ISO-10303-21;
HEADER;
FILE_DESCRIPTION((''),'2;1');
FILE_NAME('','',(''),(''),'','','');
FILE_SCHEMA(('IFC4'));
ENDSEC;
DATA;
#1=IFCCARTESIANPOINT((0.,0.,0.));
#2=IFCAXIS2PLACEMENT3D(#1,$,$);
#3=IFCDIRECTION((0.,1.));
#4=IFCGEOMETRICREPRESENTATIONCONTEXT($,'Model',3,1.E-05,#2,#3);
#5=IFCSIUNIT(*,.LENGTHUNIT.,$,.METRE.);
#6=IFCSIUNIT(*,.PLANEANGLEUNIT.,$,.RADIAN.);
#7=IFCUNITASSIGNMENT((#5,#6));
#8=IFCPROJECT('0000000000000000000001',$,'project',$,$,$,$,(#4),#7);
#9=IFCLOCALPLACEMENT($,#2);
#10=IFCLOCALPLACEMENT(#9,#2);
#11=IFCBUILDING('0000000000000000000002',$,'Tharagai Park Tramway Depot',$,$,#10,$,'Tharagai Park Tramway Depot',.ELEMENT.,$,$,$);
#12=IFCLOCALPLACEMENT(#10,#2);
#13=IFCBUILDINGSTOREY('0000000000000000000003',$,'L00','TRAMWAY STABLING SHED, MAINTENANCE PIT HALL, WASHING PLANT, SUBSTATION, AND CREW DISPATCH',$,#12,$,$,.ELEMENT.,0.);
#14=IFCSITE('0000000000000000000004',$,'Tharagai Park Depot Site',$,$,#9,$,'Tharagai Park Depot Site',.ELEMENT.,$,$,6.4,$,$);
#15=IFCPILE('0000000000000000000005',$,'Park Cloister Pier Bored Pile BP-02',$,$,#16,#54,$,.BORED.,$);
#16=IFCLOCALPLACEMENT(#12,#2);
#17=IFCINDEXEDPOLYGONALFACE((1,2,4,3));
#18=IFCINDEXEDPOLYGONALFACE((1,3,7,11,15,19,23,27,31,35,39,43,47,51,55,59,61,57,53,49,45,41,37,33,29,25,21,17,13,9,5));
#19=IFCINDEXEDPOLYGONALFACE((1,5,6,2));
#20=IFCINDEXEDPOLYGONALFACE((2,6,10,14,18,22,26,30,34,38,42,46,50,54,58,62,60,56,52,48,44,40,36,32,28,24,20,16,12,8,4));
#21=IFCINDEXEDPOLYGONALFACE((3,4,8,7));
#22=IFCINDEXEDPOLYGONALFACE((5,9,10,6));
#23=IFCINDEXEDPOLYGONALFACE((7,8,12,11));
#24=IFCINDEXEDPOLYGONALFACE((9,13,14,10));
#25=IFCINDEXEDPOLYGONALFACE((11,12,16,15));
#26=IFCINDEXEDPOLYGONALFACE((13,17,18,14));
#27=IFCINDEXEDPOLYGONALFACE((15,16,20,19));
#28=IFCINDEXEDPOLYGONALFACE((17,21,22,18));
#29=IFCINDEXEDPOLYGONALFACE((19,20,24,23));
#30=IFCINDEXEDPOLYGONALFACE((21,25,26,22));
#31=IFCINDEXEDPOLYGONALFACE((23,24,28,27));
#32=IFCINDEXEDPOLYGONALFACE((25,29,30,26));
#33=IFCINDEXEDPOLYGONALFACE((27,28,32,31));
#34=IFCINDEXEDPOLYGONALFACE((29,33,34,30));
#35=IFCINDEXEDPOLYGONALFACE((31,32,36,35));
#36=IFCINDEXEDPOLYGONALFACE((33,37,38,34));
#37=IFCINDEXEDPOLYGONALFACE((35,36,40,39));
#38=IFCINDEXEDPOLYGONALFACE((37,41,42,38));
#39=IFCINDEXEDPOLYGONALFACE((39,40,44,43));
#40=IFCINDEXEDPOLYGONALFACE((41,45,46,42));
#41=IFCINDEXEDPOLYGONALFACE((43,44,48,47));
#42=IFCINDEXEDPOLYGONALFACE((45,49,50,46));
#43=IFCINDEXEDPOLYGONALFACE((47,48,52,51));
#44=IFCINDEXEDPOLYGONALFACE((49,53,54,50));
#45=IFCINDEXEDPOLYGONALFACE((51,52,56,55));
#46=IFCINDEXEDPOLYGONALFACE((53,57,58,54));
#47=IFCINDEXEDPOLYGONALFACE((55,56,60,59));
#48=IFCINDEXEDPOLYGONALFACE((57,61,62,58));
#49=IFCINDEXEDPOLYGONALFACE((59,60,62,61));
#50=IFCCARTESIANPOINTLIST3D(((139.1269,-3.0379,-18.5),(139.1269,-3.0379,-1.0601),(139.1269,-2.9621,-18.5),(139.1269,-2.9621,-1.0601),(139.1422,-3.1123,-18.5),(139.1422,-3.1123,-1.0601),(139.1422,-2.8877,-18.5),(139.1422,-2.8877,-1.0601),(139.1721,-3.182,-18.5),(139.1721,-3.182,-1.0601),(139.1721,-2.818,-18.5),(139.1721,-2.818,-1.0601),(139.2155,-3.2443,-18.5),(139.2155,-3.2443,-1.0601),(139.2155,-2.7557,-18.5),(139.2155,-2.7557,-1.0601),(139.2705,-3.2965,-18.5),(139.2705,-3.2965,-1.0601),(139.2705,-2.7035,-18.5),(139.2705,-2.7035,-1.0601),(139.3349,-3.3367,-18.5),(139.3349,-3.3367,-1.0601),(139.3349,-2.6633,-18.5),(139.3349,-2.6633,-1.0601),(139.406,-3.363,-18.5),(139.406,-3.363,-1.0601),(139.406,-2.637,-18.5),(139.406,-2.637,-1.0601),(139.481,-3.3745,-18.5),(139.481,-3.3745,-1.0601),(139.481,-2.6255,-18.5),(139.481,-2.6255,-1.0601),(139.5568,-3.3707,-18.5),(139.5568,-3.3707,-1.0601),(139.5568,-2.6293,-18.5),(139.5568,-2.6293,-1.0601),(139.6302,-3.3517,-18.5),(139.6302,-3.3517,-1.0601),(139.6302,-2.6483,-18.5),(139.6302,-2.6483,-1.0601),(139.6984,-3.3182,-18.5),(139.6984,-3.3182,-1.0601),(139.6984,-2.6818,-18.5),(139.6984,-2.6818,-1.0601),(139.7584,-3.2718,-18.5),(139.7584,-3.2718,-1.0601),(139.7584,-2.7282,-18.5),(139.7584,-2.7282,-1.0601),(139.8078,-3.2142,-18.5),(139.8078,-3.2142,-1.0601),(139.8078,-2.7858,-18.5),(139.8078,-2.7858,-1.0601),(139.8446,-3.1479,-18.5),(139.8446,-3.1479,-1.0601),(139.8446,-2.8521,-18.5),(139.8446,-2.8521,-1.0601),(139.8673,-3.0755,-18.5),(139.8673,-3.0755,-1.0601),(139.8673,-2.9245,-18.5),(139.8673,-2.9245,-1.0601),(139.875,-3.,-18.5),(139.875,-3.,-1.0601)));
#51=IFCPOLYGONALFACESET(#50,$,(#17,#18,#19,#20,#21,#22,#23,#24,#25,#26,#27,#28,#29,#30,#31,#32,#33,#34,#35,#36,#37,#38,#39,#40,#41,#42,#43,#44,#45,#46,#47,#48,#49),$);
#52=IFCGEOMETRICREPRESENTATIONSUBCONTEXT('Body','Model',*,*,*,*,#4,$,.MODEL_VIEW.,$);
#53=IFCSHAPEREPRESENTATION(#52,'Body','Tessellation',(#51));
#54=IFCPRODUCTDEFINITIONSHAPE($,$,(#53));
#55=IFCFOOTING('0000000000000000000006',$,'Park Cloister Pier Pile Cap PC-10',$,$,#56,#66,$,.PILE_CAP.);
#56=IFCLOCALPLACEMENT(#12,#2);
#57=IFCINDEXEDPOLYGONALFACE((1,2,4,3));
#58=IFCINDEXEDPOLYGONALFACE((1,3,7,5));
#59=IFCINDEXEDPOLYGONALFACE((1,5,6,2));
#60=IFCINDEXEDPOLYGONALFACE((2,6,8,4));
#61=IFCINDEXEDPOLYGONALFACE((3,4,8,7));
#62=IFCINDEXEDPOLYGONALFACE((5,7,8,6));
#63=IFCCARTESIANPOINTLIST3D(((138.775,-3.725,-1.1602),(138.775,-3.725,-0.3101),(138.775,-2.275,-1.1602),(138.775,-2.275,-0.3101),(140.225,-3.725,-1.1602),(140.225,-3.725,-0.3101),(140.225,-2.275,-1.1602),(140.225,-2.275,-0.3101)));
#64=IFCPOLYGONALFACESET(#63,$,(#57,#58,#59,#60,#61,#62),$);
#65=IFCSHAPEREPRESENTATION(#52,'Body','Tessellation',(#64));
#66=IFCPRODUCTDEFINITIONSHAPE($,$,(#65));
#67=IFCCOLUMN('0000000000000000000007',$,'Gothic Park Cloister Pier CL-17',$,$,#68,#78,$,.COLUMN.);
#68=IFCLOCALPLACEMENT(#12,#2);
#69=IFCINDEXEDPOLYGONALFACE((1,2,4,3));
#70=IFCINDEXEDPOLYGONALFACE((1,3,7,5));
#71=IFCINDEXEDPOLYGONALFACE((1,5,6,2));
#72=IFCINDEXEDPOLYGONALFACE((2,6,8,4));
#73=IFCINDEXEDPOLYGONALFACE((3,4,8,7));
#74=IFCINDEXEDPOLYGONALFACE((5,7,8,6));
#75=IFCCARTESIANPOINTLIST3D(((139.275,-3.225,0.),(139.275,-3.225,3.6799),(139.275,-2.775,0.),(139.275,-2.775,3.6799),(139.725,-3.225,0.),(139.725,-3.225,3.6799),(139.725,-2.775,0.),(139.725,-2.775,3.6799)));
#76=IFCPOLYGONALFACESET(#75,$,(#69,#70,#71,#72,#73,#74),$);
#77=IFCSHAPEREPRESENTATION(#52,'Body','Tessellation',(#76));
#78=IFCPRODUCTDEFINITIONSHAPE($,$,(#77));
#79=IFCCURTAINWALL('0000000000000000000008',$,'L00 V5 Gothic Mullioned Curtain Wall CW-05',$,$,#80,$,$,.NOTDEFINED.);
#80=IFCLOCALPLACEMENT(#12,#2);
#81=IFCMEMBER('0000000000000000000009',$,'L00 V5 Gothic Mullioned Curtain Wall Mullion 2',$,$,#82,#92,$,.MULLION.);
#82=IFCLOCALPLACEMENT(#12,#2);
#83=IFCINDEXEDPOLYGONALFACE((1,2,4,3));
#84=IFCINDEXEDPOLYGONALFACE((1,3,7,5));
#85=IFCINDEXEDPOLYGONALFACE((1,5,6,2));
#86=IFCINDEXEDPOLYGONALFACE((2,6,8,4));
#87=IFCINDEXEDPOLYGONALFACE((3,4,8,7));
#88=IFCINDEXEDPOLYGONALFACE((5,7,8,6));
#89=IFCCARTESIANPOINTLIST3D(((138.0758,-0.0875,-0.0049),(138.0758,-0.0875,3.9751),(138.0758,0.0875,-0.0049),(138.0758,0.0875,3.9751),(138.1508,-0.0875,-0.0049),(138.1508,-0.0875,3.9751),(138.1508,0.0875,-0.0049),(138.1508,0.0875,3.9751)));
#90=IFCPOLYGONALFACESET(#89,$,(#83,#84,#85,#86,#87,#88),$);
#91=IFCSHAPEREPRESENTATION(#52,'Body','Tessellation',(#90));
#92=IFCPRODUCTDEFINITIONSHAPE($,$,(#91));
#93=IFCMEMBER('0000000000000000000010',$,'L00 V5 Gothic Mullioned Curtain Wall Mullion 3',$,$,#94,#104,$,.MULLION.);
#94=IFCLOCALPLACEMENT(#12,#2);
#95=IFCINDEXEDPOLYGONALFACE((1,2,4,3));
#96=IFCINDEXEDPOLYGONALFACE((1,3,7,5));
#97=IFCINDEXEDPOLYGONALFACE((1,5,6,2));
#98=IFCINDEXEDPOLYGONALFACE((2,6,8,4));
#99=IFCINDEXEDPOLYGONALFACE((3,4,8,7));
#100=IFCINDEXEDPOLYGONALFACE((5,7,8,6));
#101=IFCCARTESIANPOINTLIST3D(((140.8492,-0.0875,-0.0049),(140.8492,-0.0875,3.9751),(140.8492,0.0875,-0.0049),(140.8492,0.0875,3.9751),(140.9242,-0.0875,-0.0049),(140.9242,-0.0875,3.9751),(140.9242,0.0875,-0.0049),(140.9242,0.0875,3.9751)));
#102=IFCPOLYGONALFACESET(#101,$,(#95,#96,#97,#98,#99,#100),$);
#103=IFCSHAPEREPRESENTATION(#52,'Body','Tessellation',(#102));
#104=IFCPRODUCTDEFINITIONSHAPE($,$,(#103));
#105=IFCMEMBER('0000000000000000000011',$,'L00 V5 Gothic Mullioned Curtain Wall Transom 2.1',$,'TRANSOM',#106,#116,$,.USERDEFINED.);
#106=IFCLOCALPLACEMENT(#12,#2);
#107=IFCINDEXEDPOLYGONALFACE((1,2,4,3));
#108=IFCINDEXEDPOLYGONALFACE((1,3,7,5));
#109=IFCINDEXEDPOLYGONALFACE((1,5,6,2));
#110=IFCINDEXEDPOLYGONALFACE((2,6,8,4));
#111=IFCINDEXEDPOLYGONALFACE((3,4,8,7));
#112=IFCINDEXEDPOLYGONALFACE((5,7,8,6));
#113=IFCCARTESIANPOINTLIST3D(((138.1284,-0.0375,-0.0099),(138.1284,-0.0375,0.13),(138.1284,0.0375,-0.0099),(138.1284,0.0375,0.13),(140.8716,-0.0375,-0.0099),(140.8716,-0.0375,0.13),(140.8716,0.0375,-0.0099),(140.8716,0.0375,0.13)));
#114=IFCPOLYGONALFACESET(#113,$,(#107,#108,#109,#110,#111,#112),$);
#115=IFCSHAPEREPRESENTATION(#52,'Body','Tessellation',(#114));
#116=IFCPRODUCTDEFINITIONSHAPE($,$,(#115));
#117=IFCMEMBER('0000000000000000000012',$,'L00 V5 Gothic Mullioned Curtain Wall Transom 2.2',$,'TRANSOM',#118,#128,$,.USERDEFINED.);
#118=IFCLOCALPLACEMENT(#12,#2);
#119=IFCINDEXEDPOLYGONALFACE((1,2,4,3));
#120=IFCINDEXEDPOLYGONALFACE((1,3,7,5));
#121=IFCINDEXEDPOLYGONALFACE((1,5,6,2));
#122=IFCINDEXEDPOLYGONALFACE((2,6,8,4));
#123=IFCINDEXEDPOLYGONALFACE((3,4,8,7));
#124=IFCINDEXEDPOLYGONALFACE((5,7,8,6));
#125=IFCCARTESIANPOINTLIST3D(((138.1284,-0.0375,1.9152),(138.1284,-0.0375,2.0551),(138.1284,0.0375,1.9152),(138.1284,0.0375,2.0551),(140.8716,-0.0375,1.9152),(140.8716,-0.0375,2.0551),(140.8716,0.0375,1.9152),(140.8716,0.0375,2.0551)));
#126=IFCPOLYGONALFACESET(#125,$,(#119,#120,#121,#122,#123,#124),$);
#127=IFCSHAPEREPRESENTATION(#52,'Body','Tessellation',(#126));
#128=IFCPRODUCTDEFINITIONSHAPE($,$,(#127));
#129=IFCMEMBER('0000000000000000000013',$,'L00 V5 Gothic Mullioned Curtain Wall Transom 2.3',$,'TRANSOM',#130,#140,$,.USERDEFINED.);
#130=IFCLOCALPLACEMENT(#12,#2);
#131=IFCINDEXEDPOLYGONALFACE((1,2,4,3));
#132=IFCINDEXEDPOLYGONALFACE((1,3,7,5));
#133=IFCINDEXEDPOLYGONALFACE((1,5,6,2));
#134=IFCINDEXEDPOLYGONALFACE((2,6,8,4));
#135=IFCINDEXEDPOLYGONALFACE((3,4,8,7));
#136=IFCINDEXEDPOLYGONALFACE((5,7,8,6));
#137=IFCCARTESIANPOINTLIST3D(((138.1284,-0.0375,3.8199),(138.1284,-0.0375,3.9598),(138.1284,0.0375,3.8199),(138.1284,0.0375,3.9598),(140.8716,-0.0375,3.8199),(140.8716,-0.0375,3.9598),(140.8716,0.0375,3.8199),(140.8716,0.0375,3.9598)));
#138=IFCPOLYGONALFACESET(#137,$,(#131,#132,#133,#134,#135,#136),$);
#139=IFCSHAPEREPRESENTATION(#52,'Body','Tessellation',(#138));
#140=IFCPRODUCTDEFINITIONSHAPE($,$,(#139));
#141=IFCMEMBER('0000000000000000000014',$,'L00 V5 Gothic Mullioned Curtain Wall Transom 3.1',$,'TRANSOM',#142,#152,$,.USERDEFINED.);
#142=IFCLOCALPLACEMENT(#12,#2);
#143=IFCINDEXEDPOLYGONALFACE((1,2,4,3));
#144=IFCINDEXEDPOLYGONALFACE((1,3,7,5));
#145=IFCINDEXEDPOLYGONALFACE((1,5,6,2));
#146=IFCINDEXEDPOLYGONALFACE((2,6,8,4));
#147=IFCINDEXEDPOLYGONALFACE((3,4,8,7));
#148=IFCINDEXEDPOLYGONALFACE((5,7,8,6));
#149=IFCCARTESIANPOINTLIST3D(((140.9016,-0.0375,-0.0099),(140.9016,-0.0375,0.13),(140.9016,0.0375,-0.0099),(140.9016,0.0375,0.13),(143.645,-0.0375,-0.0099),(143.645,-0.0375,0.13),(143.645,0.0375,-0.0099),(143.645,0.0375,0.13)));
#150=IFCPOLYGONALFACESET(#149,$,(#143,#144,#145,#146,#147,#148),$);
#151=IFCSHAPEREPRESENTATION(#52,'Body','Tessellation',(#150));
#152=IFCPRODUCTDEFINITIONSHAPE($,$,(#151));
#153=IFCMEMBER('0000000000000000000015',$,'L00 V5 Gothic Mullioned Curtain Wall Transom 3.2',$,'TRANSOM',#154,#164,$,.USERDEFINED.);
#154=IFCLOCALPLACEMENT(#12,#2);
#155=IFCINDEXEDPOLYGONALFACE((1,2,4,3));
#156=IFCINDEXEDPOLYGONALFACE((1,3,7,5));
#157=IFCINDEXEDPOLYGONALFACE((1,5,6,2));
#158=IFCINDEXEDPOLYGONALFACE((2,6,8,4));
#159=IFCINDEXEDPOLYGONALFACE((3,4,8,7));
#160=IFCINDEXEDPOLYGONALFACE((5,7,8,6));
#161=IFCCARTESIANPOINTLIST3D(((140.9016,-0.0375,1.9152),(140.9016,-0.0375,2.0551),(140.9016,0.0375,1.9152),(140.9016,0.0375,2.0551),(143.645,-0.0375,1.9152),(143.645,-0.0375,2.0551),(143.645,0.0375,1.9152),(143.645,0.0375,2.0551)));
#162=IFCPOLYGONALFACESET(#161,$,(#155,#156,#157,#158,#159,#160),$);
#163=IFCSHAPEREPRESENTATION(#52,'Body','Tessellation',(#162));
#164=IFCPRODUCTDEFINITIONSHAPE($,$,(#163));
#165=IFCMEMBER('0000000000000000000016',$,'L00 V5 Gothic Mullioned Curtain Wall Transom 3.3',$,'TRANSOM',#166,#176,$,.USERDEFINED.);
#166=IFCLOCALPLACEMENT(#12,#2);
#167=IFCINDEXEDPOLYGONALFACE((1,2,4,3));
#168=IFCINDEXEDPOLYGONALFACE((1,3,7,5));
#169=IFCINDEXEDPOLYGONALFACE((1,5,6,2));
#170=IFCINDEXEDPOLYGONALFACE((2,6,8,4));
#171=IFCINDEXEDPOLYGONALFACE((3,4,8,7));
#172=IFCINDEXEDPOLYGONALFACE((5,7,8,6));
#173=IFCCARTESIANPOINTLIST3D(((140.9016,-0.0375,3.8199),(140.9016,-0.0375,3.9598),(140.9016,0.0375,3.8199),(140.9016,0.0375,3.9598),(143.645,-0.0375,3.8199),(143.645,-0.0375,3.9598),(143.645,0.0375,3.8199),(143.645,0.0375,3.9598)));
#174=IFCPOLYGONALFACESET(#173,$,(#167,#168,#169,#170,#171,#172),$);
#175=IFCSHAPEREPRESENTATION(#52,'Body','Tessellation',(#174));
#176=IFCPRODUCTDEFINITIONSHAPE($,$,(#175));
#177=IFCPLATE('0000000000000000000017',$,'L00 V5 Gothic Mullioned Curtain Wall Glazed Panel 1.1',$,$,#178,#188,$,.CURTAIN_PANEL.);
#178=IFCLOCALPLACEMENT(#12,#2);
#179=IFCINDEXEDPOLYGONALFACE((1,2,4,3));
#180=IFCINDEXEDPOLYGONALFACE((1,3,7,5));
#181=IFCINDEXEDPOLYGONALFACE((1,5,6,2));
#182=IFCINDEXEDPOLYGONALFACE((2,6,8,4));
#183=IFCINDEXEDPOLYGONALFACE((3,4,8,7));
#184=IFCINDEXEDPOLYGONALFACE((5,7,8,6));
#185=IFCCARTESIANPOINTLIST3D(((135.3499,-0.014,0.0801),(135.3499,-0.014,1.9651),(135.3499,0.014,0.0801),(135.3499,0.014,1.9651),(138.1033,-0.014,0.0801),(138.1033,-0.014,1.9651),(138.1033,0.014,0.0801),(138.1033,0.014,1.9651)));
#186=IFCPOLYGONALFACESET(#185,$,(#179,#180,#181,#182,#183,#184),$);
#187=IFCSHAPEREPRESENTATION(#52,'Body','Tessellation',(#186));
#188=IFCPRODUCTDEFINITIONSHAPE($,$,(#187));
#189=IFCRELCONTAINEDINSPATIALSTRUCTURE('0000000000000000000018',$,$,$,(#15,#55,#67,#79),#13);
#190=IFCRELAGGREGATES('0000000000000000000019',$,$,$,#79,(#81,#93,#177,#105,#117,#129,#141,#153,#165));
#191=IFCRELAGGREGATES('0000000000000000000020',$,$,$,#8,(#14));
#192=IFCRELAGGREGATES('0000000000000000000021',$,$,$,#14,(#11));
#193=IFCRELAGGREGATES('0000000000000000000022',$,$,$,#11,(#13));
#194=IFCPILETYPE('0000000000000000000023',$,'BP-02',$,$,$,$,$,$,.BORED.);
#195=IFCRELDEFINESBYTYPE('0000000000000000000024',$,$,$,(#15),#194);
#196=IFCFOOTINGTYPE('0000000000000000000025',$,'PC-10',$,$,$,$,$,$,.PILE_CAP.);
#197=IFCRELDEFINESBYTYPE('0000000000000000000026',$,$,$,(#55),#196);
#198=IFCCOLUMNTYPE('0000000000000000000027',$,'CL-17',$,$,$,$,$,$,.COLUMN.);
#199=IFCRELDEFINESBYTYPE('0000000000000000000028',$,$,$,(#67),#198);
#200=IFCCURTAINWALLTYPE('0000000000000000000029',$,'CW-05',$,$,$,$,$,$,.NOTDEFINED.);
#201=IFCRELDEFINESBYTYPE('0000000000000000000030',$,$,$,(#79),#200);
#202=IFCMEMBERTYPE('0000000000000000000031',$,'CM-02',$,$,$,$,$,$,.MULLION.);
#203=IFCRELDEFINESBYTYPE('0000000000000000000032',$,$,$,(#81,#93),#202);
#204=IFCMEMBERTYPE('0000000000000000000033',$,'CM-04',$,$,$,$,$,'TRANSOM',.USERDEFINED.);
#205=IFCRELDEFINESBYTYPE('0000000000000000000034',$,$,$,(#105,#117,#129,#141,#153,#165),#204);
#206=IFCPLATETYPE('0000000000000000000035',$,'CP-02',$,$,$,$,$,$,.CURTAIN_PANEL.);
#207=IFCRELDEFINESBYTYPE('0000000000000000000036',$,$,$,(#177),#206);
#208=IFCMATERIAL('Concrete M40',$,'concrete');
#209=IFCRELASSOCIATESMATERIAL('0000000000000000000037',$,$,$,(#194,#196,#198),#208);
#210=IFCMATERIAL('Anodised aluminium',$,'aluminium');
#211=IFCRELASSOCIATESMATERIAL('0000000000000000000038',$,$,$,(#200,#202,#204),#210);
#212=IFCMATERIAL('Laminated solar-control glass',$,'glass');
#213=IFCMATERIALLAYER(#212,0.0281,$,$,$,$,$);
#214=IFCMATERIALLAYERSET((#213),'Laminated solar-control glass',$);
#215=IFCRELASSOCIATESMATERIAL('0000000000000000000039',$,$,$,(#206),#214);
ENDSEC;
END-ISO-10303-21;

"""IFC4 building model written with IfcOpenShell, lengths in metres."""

from ifc_helpers import new_model, si_unit, direction, frame, origin, origin_2d, place, context, subcontext, project, spatial, rectangle, circle, extrude, material, layer, layer_set, material_profile, profile_set, type_object, element, aggregate, save


model = new_model("IFC4")

# Units and contexts
model_context = context("Model", 3, precision=1e-05, world=origin(), true_north=direction((0.0, 1.0)))
body_context = subcontext(model_context, "Body", "Model", "MODEL_VIEW")
ifc_project = project(units=[si_unit("LENGTHUNIT", "METRE"), si_unit("PLANEANGLEUNIT", "RADIAN")], contexts=[model_context])

# Site, building, storey
site_placement = place(None, origin())
site = spatial("IfcSite", under=ifc_project, at=site_placement, Name="Tharagai Park Depot Site", LongName="Tharagai Park Depot Site", CompositionType="ELEMENT", RefElevation=6.4)
building_placement = place(site_placement, origin())
building = spatial("IfcBuilding", under=site, at=building_placement, Name="Tharagai Park Tramway Depot", LongName="Tharagai Park Tramway Depot", CompositionType="ELEMENT")
storey_placement = place(building_placement, origin())
storey = spatial("IfcBuildingStorey", under=building, at=storey_placement, Name="L00", Description="TRAMWAY STABLING SHED, MAINTENANCE PIT HALL, WASHING PLANT, SUBSTATION, AND CREW DISPATCH", CompositionType="ELEMENT", Elevation=0.0)

# Pile
ifc_material_1 = material(Name="Concrete M40", Category="concrete")
ifc_material_profile_1 = material_profile(ifc_material_1, circle(Radius=0.375, at=origin_2d()), Name="PILE D750")
ifc_profile_set_1 = profile_set([ifc_material_profile_1], Name="Concrete M40")
pile_type = type_object("IfcPileType", Name="BP-02", PredefinedType="BORED", material=ifc_profile_set_1)
pile_1_placement = place(storey_placement, frame((139.5, -3.0, -1.0601), z_axis=(0.0, 0.0, -1.0), x_axis=(1.0, 0.0, 0.0)))
element("IfcPile", 1, at=pile_1_placement, inside=storey, type_object=pile_type, Name="Park Cloister Pier Bored Pile BP-02", PredefinedType="BORED", context=body_context, shape_type="SweptSolid", body=[
    extrude(circle(Radius=0.375, at=origin_2d()), origin(), (0.0, 0.0, 1.0), 17.4399),
])

# Footing
footing_type = type_object("IfcFootingType", Name="PC-10", PredefinedType="PILE_CAP", material=ifc_material_1)
footing_placement = place(storey_placement, frame((139.5, -3.0, -1.1602), z_axis=(0.0, 0.0, 1.0), x_axis=(1.0, 0.0, 0.0)))
element("IfcFooting", 2, at=footing_placement, inside=storey, type_object=footing_type, Name="Park Cloister Pier Pile Cap PC-10", PredefinedType="PILE_CAP", context=body_context, shape_type="SweptSolid", body=[
    extrude(rectangle(XDim=1.45, YDim=1.45, at=origin_2d()), origin(), (0.0, 0.0, 1.0), 0.8501),
])

# Column
ifc_material_profile_2 = material_profile(ifc_material_1, rectangle(XDim=0.45, YDim=0.45, at=origin_2d()), Name="RC 450x450")
ifc_profile_set_2 = profile_set([ifc_material_profile_2], Name="Concrete M40")
column_type = type_object("IfcColumnType", Name="CL-17", PredefinedType="COLUMN", material=ifc_profile_set_2)
column_placement = place(storey_placement, frame((139.5, -3.0, 0.0), z_axis=(0.0, 0.0, 1.0), x_axis=(1.0, 0.0, 0.0)))
element("IfcColumn", 3, at=column_placement, inside=storey, type_object=column_type, Name="Gothic Park Cloister Pier CL-17", PredefinedType="COLUMN", context=body_context, shape_type="SweptSolid", body=[
    extrude(rectangle(XDim=0.45, YDim=0.45, at=origin_2d()), origin(), (0.0, 0.0, 1.0), 3.6799),
])

# Curtain wall, members, plate
ifc_material_2 = material(Name="Anodised aluminium", Category="aluminium")
curtain_wall_type = type_object("IfcCurtainWallType", Name="CW-05", PredefinedType="NOTDEFINED", material=ifc_material_2)
curtain_wall_placement = place(storey_placement, origin())
curtain_wall = element("IfcCurtainWall", 4, at=curtain_wall_placement, inside=storey, type_object=curtain_wall_type, Name="L00 V5 Gothic Mullioned Curtain Wall CW-05", PredefinedType="NOTDEFINED")
ifc_material_profile_3 = material_profile(ifc_material_2, rectangle(XDim=0.075, YDim=0.175, at=origin_2d()), Name="ALU 75x175")
ifc_profile_set_3 = profile_set([ifc_material_profile_3], Name="Anodised aluminium")
member_type_1 = type_object("IfcMemberType", Name="CM-02", PredefinedType="MULLION", material=ifc_profile_set_3)
member_1_placement = place(storey_placement, frame((138.1133, 0.0, -0.0049), z_axis=(0.0, 0.0, 1.0), x_axis=(1.0, 0.0, 0.0)))
member_1 = element("IfcMember", 5, at=member_1_placement, type_object=member_type_1, Name="L00 V5 Gothic Mullioned Curtain Wall Mullion 2", PredefinedType="MULLION", context=body_context, shape_type="SweptSolid", body=[
    extrude(rectangle(XDim=0.075, YDim=0.175, at=origin_2d()), origin(), (0.0, 0.0, 1.0), 3.98),
])
member_2_placement = place(storey_placement, frame((140.8867, 0.0, -0.0049), z_axis=(0.0, 0.0, 1.0), x_axis=(1.0, 0.0, 0.0)))
member_2 = element("IfcMember", 6, at=member_2_placement, type_object=member_type_1, Name="L00 V5 Gothic Mullioned Curtain Wall Mullion 3", PredefinedType="MULLION", context=body_context, shape_type="SweptSolid", body=[
    extrude(rectangle(XDim=0.075, YDim=0.175, at=origin_2d()), origin(), (0.0, 0.0, 1.0), 3.98),
])
ifc_material_profile_4 = material_profile(ifc_material_2, rectangle(XDim=0.075, YDim=0.1399, at=origin_2d()), Name="ALU 75x140")
ifc_profile_set_4 = profile_set([ifc_material_profile_4], Name="Anodised aluminium")
member_type_2 = type_object("IfcMemberType", Name="CM-04", ElementType="TRANSOM", PredefinedType="USERDEFINED", material=ifc_profile_set_4)
member_3_placement = place(storey_placement, frame((138.1284, 0.0, 0.0601), z_axis=(1.0, 0.0, 0.0), x_axis=(0.0, 1.0, 0.0)))
member_3 = element("IfcMember", 7, at=member_3_placement, type_object=member_type_2, Name="L00 V5 Gothic Mullioned Curtain Wall Transom 2.1", ObjectType="TRANSOM", PredefinedType="USERDEFINED", context=body_context, shape_type="SweptSolid", body=[
    extrude(rectangle(XDim=0.075, YDim=0.1399, at=origin_2d()), origin(), (0.0, 0.0, 1.0), 2.7432),
])
member_4_placement = place(storey_placement, frame((138.1284, 0.0, 1.9851), z_axis=(1.0, 0.0, 0.0), x_axis=(0.0, 1.0, 0.0)))
member_4 = element("IfcMember", 8, at=member_4_placement, type_object=member_type_2, Name="L00 V5 Gothic Mullioned Curtain Wall Transom 2.2", ObjectType="TRANSOM", PredefinedType="USERDEFINED", context=body_context, shape_type="SweptSolid", body=[
    extrude(rectangle(XDim=0.075, YDim=0.1399, at=origin_2d()), origin(), (0.0, 0.0, 1.0), 2.7432),
])
member_5_placement = place(storey_placement, frame((138.1284, 0.0, 3.8899), z_axis=(1.0, 0.0, 0.0), x_axis=(0.0, 1.0, 0.0)))
member_5 = element("IfcMember", 9, at=member_5_placement, type_object=member_type_2, Name="L00 V5 Gothic Mullioned Curtain Wall Transom 2.3", ObjectType="TRANSOM", PredefinedType="USERDEFINED", context=body_context, shape_type="SweptSolid", body=[
    extrude(rectangle(XDim=0.075, YDim=0.1399, at=origin_2d()), origin(), (0.0, 0.0, 1.0), 2.7432),
])
member_6_placement = place(storey_placement, frame((140.9016, 0.0, 0.0601), z_axis=(1.0, 0.0, 0.0), x_axis=(0.0, 1.0, 0.0)))
member_6 = element("IfcMember", 10, at=member_6_placement, type_object=member_type_2, Name="L00 V5 Gothic Mullioned Curtain Wall Transom 3.1", ObjectType="TRANSOM", PredefinedType="USERDEFINED", context=body_context, shape_type="SweptSolid", body=[
    extrude(rectangle(XDim=0.075, YDim=0.1399, at=origin_2d()), origin(), (0.0, 0.0, 1.0), 2.7434),
])
member_7_placement = place(storey_placement, frame((140.9016, 0.0, 1.9851), z_axis=(1.0, 0.0, 0.0), x_axis=(0.0, 1.0, 0.0)))
member_7 = element("IfcMember", 11, at=member_7_placement, type_object=member_type_2, Name="L00 V5 Gothic Mullioned Curtain Wall Transom 3.2", ObjectType="TRANSOM", PredefinedType="USERDEFINED", context=body_context, shape_type="SweptSolid", body=[
    extrude(rectangle(XDim=0.075, YDim=0.1399, at=origin_2d()), origin(), (0.0, 0.0, 1.0), 2.7434),
])
member_8_placement = place(storey_placement, frame((140.9016, 0.0, 3.8899), z_axis=(1.0, 0.0, 0.0), x_axis=(0.0, 1.0, 0.0)))
member_8 = element("IfcMember", 12, at=member_8_placement, type_object=member_type_2, Name="L00 V5 Gothic Mullioned Curtain Wall Transom 3.3", ObjectType="TRANSOM", PredefinedType="USERDEFINED", context=body_context, shape_type="SweptSolid", body=[
    extrude(rectangle(XDim=0.075, YDim=0.1399, at=origin_2d()), origin(), (0.0, 0.0, 1.0), 2.7434),
])
ifc_material_3 = material(Name="Laminated solar-control glass", Category="glass")
ifc_layer_1 = layer(ifc_material_3, 0.0281)
ifc_layer_set_1 = layer_set([ifc_layer_1], Name="Laminated solar-control glass")
plate_type = type_object("IfcPlateType", Name="CP-02", PredefinedType="CURTAIN_PANEL", material=ifc_layer_set_1)
plate_1_placement = place(storey_placement, frame((136.7266, 0.0, 0.0801), z_axis=(0.0, 0.0, 1.0), x_axis=(1.0, 0.0, 0.0)))
plate_1 = element("IfcPlate", 13, at=plate_1_placement, type_object=plate_type, Name="L00 V5 Gothic Mullioned Curtain Wall Glazed Panel 1.1", PredefinedType="CURTAIN_PANEL", context=body_context, shape_type="SweptSolid", body=[
    extrude(rectangle(XDim=2.7534, YDim=0.0281, at=origin_2d()), origin(), (0.0, 0.0, 1.0), 1.885),
])
aggregate(curtain_wall, [member_1, member_2, plate_1, member_3, member_4, member_5, member_6, member_7, member_8])

save(model, "model.ifc")
